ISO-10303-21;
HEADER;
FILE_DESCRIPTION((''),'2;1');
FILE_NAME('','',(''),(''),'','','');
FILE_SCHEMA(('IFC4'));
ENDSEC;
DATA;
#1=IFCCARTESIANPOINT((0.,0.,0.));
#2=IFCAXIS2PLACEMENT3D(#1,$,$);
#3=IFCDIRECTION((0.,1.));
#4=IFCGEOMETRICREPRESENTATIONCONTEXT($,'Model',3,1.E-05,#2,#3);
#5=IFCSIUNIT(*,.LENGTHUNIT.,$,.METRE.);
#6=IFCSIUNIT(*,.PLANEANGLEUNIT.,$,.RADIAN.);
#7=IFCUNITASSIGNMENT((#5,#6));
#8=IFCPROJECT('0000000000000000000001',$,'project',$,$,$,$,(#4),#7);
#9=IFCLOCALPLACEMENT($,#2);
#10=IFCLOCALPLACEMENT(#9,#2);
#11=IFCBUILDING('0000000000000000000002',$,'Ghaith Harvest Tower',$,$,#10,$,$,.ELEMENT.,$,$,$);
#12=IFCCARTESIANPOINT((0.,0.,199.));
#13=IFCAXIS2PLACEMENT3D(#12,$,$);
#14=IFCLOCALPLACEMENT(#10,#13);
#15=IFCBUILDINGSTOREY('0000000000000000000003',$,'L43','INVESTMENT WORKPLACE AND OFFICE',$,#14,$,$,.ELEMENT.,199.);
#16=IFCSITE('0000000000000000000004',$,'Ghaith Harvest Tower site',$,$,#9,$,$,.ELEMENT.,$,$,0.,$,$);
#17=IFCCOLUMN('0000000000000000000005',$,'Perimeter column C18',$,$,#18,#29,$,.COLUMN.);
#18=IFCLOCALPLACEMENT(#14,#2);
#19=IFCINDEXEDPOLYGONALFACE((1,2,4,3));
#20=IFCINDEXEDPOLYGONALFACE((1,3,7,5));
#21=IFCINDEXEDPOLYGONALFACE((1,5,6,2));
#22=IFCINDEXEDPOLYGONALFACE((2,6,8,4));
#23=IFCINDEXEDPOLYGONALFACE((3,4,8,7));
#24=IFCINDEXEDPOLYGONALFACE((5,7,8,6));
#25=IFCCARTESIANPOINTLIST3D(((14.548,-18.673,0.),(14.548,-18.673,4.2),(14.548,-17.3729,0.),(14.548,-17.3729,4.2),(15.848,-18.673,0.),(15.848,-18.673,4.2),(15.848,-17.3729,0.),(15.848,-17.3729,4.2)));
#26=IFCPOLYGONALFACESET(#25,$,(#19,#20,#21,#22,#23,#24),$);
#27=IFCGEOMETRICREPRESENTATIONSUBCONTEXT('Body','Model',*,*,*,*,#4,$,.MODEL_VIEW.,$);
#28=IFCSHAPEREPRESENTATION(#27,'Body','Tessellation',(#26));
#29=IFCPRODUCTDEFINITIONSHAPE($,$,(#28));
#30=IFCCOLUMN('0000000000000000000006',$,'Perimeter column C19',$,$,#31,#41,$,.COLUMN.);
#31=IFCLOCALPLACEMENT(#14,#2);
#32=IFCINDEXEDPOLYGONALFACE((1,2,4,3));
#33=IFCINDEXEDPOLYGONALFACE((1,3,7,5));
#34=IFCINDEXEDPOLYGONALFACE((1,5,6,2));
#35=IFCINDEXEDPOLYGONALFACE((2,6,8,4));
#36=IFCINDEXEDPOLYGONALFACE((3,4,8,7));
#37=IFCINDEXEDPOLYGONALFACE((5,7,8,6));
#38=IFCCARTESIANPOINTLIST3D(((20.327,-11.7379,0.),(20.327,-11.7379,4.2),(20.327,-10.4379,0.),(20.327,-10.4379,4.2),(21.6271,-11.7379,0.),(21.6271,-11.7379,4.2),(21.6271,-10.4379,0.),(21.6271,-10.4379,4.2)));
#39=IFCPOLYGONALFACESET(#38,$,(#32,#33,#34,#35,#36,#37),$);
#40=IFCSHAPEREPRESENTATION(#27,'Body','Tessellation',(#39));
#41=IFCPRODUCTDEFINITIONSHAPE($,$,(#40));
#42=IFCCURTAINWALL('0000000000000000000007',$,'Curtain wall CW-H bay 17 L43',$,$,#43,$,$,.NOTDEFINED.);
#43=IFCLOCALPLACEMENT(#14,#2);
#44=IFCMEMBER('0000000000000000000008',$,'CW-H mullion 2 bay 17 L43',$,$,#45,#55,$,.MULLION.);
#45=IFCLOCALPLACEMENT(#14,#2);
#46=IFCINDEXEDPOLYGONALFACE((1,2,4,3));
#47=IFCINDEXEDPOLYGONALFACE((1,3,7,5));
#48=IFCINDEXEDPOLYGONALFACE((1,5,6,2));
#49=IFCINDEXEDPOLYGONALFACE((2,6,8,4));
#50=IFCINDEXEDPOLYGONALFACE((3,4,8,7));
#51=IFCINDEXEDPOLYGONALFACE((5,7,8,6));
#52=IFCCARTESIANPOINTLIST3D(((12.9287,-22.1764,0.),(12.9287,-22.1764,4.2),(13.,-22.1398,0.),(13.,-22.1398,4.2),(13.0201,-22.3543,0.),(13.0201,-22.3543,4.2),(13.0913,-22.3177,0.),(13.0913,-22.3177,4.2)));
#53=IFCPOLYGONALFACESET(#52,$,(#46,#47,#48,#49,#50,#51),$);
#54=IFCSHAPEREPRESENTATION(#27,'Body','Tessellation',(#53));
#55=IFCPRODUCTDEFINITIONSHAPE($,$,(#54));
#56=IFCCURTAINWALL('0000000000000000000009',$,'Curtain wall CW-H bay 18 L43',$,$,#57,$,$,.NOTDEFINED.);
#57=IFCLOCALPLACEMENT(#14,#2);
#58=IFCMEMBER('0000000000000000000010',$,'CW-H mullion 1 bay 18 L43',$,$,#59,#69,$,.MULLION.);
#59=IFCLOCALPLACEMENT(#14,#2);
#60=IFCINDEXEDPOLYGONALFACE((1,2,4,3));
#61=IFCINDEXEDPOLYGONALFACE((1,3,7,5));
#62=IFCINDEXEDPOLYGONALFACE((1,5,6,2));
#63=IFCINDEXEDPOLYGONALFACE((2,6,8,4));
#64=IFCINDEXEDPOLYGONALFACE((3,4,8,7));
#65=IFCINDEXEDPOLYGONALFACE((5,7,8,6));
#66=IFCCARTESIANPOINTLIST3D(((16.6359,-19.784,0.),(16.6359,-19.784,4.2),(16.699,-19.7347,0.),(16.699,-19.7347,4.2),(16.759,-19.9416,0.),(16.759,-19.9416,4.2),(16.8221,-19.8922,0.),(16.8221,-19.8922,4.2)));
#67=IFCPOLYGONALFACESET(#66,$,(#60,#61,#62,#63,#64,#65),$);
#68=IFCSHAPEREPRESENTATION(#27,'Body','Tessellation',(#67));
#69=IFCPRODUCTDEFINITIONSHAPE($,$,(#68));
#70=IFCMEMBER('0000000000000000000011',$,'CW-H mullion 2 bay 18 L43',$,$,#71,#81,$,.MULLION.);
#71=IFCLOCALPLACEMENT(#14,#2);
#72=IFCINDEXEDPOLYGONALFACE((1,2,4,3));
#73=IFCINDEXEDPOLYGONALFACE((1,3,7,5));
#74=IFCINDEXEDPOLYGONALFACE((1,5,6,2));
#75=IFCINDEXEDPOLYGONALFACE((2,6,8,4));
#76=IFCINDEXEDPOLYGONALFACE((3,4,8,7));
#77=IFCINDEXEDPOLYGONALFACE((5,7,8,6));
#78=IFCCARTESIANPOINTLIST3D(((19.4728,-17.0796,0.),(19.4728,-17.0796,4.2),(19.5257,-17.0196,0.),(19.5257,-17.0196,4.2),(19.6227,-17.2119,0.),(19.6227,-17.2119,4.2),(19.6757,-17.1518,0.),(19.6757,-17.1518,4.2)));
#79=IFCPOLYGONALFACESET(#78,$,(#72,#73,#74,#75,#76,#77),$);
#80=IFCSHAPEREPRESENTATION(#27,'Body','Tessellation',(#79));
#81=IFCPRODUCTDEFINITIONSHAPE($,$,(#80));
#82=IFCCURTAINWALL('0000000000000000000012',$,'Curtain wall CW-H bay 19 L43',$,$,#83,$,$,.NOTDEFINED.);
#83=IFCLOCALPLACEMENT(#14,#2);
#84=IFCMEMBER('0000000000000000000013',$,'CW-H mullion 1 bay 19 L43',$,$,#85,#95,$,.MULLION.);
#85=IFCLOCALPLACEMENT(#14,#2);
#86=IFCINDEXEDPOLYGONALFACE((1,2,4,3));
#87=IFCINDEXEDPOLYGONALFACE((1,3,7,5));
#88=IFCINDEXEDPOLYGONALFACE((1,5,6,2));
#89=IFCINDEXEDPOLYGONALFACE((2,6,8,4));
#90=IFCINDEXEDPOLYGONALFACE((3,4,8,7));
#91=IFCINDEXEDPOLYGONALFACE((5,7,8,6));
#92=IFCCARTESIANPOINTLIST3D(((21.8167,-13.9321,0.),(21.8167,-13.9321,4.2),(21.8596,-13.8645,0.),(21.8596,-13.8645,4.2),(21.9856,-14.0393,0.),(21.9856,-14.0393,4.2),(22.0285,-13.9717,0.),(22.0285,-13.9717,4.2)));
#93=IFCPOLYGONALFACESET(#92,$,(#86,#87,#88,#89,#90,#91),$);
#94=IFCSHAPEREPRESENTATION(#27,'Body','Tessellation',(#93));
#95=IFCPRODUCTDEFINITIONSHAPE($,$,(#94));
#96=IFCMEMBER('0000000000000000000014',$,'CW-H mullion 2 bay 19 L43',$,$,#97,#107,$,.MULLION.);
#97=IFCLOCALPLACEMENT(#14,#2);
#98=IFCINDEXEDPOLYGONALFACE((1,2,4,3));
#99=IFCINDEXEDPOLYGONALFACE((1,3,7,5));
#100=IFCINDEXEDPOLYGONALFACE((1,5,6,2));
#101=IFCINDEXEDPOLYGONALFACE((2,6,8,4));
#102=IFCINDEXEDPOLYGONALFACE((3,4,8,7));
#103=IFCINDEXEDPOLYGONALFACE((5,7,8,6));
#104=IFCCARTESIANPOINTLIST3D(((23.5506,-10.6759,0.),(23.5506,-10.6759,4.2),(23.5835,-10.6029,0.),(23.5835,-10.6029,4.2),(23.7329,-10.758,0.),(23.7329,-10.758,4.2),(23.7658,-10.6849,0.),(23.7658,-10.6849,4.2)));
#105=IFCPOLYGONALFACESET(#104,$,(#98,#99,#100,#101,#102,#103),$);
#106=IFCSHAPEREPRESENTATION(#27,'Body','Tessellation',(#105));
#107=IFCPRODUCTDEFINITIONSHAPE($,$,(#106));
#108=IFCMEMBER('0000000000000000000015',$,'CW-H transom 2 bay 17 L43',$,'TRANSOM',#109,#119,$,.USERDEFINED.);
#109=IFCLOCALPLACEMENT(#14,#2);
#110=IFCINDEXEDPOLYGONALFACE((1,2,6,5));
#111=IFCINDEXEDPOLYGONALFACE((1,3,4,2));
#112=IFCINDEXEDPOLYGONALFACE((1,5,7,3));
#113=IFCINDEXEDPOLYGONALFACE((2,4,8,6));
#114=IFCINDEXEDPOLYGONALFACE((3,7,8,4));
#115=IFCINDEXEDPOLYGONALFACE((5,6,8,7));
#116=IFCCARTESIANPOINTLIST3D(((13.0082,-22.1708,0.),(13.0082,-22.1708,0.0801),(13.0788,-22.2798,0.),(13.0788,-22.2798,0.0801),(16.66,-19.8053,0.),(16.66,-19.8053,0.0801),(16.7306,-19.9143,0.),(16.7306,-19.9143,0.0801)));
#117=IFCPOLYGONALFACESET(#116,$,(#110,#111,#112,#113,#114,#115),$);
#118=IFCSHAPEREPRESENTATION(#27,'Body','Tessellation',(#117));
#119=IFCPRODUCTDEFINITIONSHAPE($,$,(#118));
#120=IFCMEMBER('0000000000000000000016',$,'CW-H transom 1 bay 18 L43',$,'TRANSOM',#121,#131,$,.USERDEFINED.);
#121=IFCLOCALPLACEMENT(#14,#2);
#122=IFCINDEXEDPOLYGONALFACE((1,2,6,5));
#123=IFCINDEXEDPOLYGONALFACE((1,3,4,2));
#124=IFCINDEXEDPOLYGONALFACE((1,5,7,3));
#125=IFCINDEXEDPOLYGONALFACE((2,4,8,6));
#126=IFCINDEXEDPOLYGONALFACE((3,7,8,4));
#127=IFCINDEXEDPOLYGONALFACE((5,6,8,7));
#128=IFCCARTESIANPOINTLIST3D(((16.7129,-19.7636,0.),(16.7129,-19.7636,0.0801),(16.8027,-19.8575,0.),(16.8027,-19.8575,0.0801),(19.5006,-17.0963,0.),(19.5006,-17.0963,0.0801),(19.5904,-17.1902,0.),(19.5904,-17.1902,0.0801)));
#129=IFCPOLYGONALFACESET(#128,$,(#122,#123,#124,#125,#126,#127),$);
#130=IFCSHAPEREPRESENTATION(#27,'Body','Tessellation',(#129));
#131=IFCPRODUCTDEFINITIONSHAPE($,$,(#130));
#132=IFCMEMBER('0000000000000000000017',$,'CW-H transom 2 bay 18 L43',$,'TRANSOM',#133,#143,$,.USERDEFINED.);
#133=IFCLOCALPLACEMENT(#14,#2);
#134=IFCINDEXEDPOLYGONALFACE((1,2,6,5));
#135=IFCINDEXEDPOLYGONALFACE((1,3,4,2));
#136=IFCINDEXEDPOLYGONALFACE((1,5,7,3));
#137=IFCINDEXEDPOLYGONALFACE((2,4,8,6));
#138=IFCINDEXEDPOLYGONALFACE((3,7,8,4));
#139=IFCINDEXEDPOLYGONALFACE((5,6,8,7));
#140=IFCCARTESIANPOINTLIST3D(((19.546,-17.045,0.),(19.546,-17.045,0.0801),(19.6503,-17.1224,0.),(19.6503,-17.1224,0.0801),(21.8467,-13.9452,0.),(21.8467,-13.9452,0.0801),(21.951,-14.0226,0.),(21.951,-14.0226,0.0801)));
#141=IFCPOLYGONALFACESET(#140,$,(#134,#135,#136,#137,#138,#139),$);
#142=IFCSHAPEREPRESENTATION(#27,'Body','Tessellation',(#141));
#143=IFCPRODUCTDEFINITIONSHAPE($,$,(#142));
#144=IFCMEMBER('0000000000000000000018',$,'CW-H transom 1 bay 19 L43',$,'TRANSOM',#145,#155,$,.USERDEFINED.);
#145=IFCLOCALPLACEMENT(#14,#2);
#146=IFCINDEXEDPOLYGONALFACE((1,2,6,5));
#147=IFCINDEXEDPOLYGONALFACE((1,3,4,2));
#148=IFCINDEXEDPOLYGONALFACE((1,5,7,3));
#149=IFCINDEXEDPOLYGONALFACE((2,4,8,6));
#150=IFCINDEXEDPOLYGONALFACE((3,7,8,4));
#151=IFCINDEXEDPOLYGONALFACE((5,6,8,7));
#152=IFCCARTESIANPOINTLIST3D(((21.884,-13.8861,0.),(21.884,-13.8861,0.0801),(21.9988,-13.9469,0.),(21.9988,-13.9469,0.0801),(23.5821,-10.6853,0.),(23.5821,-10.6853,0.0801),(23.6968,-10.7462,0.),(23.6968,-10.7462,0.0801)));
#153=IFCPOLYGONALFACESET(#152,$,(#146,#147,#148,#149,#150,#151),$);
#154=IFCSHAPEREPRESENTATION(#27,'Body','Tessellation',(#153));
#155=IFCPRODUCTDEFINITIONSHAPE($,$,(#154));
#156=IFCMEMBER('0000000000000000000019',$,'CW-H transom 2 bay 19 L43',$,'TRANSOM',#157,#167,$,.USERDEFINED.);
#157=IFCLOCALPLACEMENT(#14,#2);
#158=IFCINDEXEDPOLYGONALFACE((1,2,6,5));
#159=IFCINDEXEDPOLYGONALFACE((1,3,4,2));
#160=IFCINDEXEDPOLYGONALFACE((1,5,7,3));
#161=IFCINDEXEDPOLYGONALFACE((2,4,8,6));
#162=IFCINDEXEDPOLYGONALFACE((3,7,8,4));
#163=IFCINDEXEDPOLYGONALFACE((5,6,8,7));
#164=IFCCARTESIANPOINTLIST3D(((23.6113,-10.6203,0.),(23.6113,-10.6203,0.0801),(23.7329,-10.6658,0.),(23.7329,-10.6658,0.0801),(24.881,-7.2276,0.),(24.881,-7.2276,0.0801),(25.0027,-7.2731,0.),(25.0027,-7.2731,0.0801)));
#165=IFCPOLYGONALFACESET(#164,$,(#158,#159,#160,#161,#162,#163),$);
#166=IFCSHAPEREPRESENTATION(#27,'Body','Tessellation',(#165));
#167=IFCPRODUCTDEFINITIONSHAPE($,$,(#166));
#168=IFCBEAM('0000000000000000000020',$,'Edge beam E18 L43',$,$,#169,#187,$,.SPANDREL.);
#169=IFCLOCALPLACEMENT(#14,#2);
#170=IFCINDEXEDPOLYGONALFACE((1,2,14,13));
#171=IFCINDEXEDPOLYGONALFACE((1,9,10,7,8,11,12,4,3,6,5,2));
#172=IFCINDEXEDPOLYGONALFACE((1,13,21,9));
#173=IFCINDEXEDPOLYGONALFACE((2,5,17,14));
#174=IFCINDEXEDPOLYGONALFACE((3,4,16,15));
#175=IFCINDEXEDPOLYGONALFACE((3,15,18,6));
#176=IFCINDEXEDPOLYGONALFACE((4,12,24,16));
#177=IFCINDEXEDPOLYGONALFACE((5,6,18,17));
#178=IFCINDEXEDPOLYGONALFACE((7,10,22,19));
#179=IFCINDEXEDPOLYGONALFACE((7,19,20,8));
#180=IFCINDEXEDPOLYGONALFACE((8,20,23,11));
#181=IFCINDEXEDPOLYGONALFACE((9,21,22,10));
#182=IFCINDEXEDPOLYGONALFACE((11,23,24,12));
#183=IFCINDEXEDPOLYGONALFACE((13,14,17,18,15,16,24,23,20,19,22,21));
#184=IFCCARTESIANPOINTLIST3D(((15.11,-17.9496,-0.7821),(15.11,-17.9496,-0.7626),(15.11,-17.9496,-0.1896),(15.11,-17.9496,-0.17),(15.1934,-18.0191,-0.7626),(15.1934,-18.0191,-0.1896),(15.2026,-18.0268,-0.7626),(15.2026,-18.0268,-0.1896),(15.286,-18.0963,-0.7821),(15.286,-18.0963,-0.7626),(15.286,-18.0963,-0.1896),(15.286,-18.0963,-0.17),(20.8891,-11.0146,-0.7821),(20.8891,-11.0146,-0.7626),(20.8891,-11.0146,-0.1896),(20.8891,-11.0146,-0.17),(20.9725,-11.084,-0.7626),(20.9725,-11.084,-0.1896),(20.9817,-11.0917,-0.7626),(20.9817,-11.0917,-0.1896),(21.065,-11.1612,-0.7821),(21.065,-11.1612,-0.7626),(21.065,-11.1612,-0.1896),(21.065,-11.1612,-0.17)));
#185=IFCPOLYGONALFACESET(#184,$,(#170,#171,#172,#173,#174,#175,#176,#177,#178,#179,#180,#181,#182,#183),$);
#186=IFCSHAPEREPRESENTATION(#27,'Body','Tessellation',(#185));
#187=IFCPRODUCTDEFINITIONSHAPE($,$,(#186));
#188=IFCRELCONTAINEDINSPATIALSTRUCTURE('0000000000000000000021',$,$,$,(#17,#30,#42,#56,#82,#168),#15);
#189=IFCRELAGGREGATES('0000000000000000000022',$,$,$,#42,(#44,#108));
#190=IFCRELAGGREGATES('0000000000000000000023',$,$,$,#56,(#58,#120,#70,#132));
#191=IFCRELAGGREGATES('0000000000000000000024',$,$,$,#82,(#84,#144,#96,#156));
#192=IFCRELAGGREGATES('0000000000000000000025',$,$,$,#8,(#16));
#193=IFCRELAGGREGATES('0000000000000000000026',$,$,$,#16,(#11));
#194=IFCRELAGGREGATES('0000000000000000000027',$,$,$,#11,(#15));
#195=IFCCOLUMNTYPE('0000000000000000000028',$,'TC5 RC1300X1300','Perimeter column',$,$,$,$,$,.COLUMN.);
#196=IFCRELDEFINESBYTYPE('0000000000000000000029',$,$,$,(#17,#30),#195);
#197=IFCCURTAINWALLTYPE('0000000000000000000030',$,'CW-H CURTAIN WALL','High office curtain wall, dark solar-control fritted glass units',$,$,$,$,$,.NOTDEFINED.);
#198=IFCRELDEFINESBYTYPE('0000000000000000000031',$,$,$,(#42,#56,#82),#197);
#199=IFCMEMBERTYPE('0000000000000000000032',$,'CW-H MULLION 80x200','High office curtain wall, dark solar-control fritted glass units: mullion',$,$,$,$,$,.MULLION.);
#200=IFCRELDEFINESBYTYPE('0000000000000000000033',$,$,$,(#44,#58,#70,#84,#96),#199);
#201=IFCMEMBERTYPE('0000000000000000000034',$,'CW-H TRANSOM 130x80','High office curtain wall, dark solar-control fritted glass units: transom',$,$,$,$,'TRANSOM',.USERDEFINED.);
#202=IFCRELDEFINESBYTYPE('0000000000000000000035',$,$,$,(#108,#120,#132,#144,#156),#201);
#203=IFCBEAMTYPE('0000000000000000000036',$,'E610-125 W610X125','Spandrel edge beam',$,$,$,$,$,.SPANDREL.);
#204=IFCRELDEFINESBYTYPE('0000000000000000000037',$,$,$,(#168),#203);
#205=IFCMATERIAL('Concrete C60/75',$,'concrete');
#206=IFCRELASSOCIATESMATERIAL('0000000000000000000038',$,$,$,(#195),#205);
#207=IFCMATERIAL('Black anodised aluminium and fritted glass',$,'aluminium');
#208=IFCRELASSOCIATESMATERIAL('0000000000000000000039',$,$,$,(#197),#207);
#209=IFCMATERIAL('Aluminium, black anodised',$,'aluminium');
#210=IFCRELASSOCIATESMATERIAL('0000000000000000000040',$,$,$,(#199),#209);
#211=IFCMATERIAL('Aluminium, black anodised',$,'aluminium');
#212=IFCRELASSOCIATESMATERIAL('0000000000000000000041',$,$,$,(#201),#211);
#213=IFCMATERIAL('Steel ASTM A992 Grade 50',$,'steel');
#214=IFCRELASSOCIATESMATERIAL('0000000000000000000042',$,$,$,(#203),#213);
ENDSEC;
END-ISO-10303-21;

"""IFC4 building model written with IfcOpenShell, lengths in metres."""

from ifc_helpers import new_model, si_unit, direction, frame, origin, origin_2d, place, context, subcontext, project, spatial, rectangle, i_section, extrude, material, material_profile, profile_set, type_object, element, aggregate, save


model = new_model("IFC4")

# Units and contexts
model_context = context("Model", 3, precision=1e-05, world=origin(), true_north=direction((0.0, 1.0)))
body_context = subcontext(model_context, "Body", "Model", "MODEL_VIEW")
ifc_project = project(units=[si_unit("LENGTHUNIT", "METRE"), si_unit("PLANEANGLEUNIT", "RADIAN")], contexts=[model_context])

# Site, building, storey
site_placement = place(None, origin())
site = spatial("IfcSite", under=ifc_project, at=site_placement, Name="Ghaith Harvest Tower site", CompositionType="ELEMENT", RefElevation=0.0)
building_placement = place(site_placement, origin())
building = spatial("IfcBuilding", under=site, at=building_placement, Name="Ghaith Harvest Tower", CompositionType="ELEMENT")
storey_placement = place(building_placement, frame((0.0, 0.0, 199.0)))
storey = spatial("IfcBuildingStorey", under=building, at=storey_placement, Name="L43", Description="INVESTMENT WORKPLACE AND OFFICE", CompositionType="ELEMENT", Elevation=199.0)

# Columns
ifc_material_1 = material(Name="Concrete C60/75", Category="concrete")
ifc_material_profile_1 = material_profile(ifc_material_1, rectangle(XDim=1.3, YDim=1.3, at=origin_2d()), Name="RC1300X1300")
ifc_profile_set_1 = profile_set([ifc_material_profile_1], Name="Concrete C60/75")
column_type = type_object("IfcColumnType", Name="TC5 RC1300X1300", Description="Perimeter column", PredefinedType="COLUMN", material=ifc_profile_set_1)
for number, where, z_axis, x_axis, name in (
    (1, (15.198, -18.0229, 0.0), (0.0, 0.0, 1.0), (1.0, 0.0, 0.0), "Perimeter column C18"),
    (2, (20.9771, -11.0879, 0.0), (0.0, 0.0, 1.0), (1.0, 0.0, 0.0), "Perimeter column C19"),
):
    element("IfcColumn", number, at=place(storey_placement, frame(where, z_axis=z_axis, x_axis=x_axis)), inside=storey, type_object=column_type, Name=name, PredefinedType="COLUMN", context=body_context, shape_type="SweptSolid", body=[
        extrude(rectangle(XDim=1.3, YDim=1.3, at=origin_2d()), origin(), (0.0, 0.0, 1.0), 4.2),
    ])

# Curtain wall, member
ifc_material_2 = material(Name="Black anodised aluminium and fritted glass", Category="aluminium")
curtain_wall_type = type_object("IfcCurtainWallType", Name="CW-H CURTAIN WALL", Description="High office curtain wall, dark solar-control fritted glass units", PredefinedType="NOTDEFINED", material=ifc_material_2)
curtain_wall_1_placement = place(storey_placement, origin())
curtain_wall_1 = element("IfcCurtainWall", 3, at=curtain_wall_1_placement, inside=storey, type_object=curtain_wall_type, Name="Curtain wall CW-H bay 17 L43", PredefinedType="NOTDEFINED")
ifc_material_3 = material(Name="Aluminium, black anodised", Category="aluminium")
ifc_material_profile_2 = material_profile(ifc_material_3, rectangle(XDim=0.0801, YDim=0.2, at=origin_2d()), Name="CW-H MULLION 80x200")
ifc_profile_set_2 = profile_set([ifc_material_profile_2], Name="Aluminium, black anodised")
member_type_1 = type_object("IfcMemberType", Name="CW-H MULLION 80x200", Description="High office curtain wall, dark solar-control fritted glass units: mullion", PredefinedType="MULLION", material=ifc_profile_set_2)
member_1_placement = place(storey_placement, frame((13.01, -22.2471, 0.0), z_axis=(0.0, 0.0, 1.0), x_axis=(0.889568, 0.456802, 0.0)))
member_1 = element("IfcMember", 4, at=member_1_placement, type_object=member_type_1, Name="CW-H mullion 2 bay 17 L43", PredefinedType="MULLION", context=body_context, shape_type="SweptSolid", body=[
    extrude(rectangle(XDim=0.0801, YDim=0.2, at=origin_2d()), origin(), (0.0, 0.0, 1.0), 4.2),
])

# Curtain walls, members
curtain_wall_2_placement = place(storey_placement, origin())
curtain_wall_2 = element("IfcCurtainWall", 5, at=curtain_wall_2_placement, inside=storey, type_object=curtain_wall_type, Name="Curtain wall CW-H bay 18 L43", PredefinedType="NOTDEFINED")
member_2_placement = place(storey_placement, frame((16.729, -19.8381, 0.0), z_axis=(0.0, 0.0, 1.0), x_axis=(0.787846, 0.615873, 0.0)))
member_2 = element("IfcMember", 6, at=member_2_placement, type_object=member_type_1, Name="CW-H mullion 1 bay 18 L43", PredefinedType="MULLION", context=body_context, shape_type="SweptSolid", body=[
    extrude(rectangle(XDim=0.0801, YDim=0.2, at=origin_2d()), origin(), (0.0, 0.0, 1.0), 4.2),
])
member_3_placement = place(storey_placement, frame((19.5742, -17.1157, 0.0), z_axis=(0.0, 0.0, 1.0), x_axis=(0.661615, 0.749844, 0.0)))
member_3 = element("IfcMember", 7, at=member_3_placement, type_object=member_type_1, Name="CW-H mullion 2 bay 18 L43", PredefinedType="MULLION", context=body_context, shape_type="SweptSolid", body=[
    extrude(rectangle(XDim=0.0801, YDim=0.2, at=origin_2d()), origin(), (0.0, 0.0, 1.0), 4.2),
])
curtain_wall_3_placement = place(storey_placement, origin())
curtain_wall_3 = element("IfcCurtainWall", 8, at=curtain_wall_3_placement, inside=storey, type_object=curtain_wall_type, Name="Curtain wall CW-H bay 19 L43", PredefinedType="NOTDEFINED")
member_4_placement = place(storey_placement, frame((21.9226, -13.9519, 0.0), z_axis=(0.0, 0.0, 1.0), x_axis=(0.535827, 0.844328, 0.0)))
member_4 = element("IfcMember", 9, at=member_4_placement, type_object=member_type_1, Name="CW-H mullion 1 bay 19 L43", PredefinedType="MULLION", context=body_context, shape_type="SweptSolid", body=[
    extrude(rectangle(XDim=0.0801, YDim=0.2, at=origin_2d()), origin(), (0.0, 0.0, 1.0), 4.2),
])
member_5_placement = place(storey_placement, frame((23.6582, -10.6804, 0.0), z_axis=(0.0, 0.0, 1.0), x_axis=(0.41043, 0.911892, 0.0)))
member_5 = element("IfcMember", 10, at=member_5_placement, type_object=member_type_1, Name="CW-H mullion 2 bay 19 L43", PredefinedType="MULLION", context=body_context, shape_type="SweptSolid", body=[
    extrude(rectangle(XDim=0.0801, YDim=0.2, at=origin_2d()), origin(), (0.0, 0.0, 1.0), 4.2),
])

# Members
ifc_material_4 = material(Name="Aluminium, black anodised", Category="aluminium")
ifc_material_profile_3 = material_profile(ifc_material_4, rectangle(XDim=0.1299, YDim=0.0801, at=origin_2d()), Name="CW-H TRANSOM 130x80")
ifc_profile_set_3 = profile_set([ifc_material_profile_3], Name="Aluminium, black anodised")
member_type_2 = type_object("IfcMemberType", Name="CW-H TRANSOM 130x80", Description="High office curtain wall, dark solar-control fritted glass units: transom", ElementType="TRANSOM", PredefinedType="USERDEFINED", material=ifc_profile_set_3)
member_6_placement = place(storey_placement, frame((13.0435, -22.2253, 0.04), z_axis=(0.839307, 0.543658, 0.0), x_axis=(-0.543658, 0.839307, 0.0)))
member_6 = element("IfcMember", 11, at=member_6_placement, type_object=member_type_2, Name="CW-H transom 2 bay 17 L43", ObjectType="TRANSOM", PredefinedType="USERDEFINED", context=body_context, shape_type="SweptSolid", body=[
    extrude(rectangle(XDim=0.1299, YDim=0.0801, at=origin_2d()), origin(), (0.0, 0.0, 1.0), 4.3511),
])
member_7_placement = place(storey_placement, frame((16.7578, -19.8105, 0.04), z_axis=(0.722533, 0.691336, 0.0), x_axis=(-0.691336, 0.722533, 0.0)))
member_7 = element("IfcMember", 12, at=member_7_placement, type_object=member_type_2, Name="CW-H transom 1 bay 18 L43", ObjectType="TRANSOM", PredefinedType="USERDEFINED", context=body_context, shape_type="SweptSolid", body=[
    extrude(rectangle(XDim=0.1299, YDim=0.0801, at=origin_2d()), origin(), (0.0, 0.0, 1.0), 3.8582),
])
member_8_placement = place(storey_placement, frame((19.5981, -17.0837, 0.04), z_axis=(0.595996, 0.802988, 0.0), x_axis=(-0.802988, 0.595996, 0.0)))
member_8 = element("IfcMember", 13, at=member_8_placement, type_object=member_type_2, Name="CW-H transom 2 bay 18 L43", ObjectType="TRANSOM", PredefinedType="USERDEFINED", context=body_context, shape_type="SweptSolid", body=[
    extrude(rectangle(XDim=0.1299, YDim=0.0801, at=origin_2d()), origin(), (0.0, 0.0, 1.0), 3.8604),
])
member_9_placement = place(storey_placement, frame((21.9414, -13.9165, 0.04), z_axis=(0.468646, 0.883386, 0.0), x_axis=(-0.883386, 0.468646, 0.0)))
member_9 = element("IfcMember", 14, at=member_9_placement, type_object=member_type_2, Name="CW-H transom 1 bay 19 L43", ObjectType="TRANSOM", PredefinedType="USERDEFINED", context=body_context, shape_type="SweptSolid", body=[
    extrude(rectangle(XDim=0.1299, YDim=0.0801, at=origin_2d()), origin(), (0.0, 0.0, 1.0), 3.6233),
])
member_10_placement = place(storey_placement, frame((23.6721, -10.6431, 0.04), z_axis=(0.35051, 0.936559, 0.0), x_axis=(-0.936559, 0.35051, 0.0)))
member_10 = element("IfcMember", 15, at=member_10_placement, type_object=member_type_2, Name="CW-H transom 2 bay 19 L43", ObjectType="TRANSOM", PredefinedType="USERDEFINED", context=body_context, shape_type="SweptSolid", body=[
    extrude(rectangle(XDim=0.1299, YDim=0.0801, at=origin_2d()), origin(), (0.0, 0.0, 1.0), 3.6226),
])

# Beam
ifc_material_5 = material(Name="Steel ASTM A992 Grade 50", Category="steel")
ifc_material_profile_4 = material_profile(ifc_material_5, i_section(OverallWidth=0.229, OverallDepth=0.6121, WebThickness=0.012, FlangeThickness=0.0195, at=origin_2d()), Name="W610X125")
ifc_profile_set_4 = profile_set([ifc_material_profile_4], Name="Steel ASTM A992 Grade 50")
beam_type_1 = type_object("IfcBeamType", Name="E610-125 W610X125", Description="Spandrel edge beam", PredefinedType="SPANDREL", material=ifc_profile_set_4)
beam_1_placement = place(storey_placement, frame((15.198, -18.0229, -0.4761), z_axis=(0.640174, 0.76823, 0.0), x_axis=(-0.76823, 0.640174, 0.0)))
element("IfcBeam", 16, at=beam_1_placement, inside=storey, type_object=beam_type_1, Name="Edge beam E18 L43", PredefinedType="SPANDREL", context=body_context, shape_type="SweptSolid", body=[
    extrude(i_section(OverallWidth=0.229, OverallDepth=0.6121, WebThickness=0.012, FlangeThickness=0.0195, at=origin_2d()), origin(), (0.0, 0.0, 1.0), 9.0273),
])

aggregate(curtain_wall_1, [member_1, member_6])
aggregate(curtain_wall_2, [member_2, member_7, member_3, member_8])
aggregate(curtain_wall_3, [member_4, member_9, member_5, member_10])

save(model, "model.ifc")
